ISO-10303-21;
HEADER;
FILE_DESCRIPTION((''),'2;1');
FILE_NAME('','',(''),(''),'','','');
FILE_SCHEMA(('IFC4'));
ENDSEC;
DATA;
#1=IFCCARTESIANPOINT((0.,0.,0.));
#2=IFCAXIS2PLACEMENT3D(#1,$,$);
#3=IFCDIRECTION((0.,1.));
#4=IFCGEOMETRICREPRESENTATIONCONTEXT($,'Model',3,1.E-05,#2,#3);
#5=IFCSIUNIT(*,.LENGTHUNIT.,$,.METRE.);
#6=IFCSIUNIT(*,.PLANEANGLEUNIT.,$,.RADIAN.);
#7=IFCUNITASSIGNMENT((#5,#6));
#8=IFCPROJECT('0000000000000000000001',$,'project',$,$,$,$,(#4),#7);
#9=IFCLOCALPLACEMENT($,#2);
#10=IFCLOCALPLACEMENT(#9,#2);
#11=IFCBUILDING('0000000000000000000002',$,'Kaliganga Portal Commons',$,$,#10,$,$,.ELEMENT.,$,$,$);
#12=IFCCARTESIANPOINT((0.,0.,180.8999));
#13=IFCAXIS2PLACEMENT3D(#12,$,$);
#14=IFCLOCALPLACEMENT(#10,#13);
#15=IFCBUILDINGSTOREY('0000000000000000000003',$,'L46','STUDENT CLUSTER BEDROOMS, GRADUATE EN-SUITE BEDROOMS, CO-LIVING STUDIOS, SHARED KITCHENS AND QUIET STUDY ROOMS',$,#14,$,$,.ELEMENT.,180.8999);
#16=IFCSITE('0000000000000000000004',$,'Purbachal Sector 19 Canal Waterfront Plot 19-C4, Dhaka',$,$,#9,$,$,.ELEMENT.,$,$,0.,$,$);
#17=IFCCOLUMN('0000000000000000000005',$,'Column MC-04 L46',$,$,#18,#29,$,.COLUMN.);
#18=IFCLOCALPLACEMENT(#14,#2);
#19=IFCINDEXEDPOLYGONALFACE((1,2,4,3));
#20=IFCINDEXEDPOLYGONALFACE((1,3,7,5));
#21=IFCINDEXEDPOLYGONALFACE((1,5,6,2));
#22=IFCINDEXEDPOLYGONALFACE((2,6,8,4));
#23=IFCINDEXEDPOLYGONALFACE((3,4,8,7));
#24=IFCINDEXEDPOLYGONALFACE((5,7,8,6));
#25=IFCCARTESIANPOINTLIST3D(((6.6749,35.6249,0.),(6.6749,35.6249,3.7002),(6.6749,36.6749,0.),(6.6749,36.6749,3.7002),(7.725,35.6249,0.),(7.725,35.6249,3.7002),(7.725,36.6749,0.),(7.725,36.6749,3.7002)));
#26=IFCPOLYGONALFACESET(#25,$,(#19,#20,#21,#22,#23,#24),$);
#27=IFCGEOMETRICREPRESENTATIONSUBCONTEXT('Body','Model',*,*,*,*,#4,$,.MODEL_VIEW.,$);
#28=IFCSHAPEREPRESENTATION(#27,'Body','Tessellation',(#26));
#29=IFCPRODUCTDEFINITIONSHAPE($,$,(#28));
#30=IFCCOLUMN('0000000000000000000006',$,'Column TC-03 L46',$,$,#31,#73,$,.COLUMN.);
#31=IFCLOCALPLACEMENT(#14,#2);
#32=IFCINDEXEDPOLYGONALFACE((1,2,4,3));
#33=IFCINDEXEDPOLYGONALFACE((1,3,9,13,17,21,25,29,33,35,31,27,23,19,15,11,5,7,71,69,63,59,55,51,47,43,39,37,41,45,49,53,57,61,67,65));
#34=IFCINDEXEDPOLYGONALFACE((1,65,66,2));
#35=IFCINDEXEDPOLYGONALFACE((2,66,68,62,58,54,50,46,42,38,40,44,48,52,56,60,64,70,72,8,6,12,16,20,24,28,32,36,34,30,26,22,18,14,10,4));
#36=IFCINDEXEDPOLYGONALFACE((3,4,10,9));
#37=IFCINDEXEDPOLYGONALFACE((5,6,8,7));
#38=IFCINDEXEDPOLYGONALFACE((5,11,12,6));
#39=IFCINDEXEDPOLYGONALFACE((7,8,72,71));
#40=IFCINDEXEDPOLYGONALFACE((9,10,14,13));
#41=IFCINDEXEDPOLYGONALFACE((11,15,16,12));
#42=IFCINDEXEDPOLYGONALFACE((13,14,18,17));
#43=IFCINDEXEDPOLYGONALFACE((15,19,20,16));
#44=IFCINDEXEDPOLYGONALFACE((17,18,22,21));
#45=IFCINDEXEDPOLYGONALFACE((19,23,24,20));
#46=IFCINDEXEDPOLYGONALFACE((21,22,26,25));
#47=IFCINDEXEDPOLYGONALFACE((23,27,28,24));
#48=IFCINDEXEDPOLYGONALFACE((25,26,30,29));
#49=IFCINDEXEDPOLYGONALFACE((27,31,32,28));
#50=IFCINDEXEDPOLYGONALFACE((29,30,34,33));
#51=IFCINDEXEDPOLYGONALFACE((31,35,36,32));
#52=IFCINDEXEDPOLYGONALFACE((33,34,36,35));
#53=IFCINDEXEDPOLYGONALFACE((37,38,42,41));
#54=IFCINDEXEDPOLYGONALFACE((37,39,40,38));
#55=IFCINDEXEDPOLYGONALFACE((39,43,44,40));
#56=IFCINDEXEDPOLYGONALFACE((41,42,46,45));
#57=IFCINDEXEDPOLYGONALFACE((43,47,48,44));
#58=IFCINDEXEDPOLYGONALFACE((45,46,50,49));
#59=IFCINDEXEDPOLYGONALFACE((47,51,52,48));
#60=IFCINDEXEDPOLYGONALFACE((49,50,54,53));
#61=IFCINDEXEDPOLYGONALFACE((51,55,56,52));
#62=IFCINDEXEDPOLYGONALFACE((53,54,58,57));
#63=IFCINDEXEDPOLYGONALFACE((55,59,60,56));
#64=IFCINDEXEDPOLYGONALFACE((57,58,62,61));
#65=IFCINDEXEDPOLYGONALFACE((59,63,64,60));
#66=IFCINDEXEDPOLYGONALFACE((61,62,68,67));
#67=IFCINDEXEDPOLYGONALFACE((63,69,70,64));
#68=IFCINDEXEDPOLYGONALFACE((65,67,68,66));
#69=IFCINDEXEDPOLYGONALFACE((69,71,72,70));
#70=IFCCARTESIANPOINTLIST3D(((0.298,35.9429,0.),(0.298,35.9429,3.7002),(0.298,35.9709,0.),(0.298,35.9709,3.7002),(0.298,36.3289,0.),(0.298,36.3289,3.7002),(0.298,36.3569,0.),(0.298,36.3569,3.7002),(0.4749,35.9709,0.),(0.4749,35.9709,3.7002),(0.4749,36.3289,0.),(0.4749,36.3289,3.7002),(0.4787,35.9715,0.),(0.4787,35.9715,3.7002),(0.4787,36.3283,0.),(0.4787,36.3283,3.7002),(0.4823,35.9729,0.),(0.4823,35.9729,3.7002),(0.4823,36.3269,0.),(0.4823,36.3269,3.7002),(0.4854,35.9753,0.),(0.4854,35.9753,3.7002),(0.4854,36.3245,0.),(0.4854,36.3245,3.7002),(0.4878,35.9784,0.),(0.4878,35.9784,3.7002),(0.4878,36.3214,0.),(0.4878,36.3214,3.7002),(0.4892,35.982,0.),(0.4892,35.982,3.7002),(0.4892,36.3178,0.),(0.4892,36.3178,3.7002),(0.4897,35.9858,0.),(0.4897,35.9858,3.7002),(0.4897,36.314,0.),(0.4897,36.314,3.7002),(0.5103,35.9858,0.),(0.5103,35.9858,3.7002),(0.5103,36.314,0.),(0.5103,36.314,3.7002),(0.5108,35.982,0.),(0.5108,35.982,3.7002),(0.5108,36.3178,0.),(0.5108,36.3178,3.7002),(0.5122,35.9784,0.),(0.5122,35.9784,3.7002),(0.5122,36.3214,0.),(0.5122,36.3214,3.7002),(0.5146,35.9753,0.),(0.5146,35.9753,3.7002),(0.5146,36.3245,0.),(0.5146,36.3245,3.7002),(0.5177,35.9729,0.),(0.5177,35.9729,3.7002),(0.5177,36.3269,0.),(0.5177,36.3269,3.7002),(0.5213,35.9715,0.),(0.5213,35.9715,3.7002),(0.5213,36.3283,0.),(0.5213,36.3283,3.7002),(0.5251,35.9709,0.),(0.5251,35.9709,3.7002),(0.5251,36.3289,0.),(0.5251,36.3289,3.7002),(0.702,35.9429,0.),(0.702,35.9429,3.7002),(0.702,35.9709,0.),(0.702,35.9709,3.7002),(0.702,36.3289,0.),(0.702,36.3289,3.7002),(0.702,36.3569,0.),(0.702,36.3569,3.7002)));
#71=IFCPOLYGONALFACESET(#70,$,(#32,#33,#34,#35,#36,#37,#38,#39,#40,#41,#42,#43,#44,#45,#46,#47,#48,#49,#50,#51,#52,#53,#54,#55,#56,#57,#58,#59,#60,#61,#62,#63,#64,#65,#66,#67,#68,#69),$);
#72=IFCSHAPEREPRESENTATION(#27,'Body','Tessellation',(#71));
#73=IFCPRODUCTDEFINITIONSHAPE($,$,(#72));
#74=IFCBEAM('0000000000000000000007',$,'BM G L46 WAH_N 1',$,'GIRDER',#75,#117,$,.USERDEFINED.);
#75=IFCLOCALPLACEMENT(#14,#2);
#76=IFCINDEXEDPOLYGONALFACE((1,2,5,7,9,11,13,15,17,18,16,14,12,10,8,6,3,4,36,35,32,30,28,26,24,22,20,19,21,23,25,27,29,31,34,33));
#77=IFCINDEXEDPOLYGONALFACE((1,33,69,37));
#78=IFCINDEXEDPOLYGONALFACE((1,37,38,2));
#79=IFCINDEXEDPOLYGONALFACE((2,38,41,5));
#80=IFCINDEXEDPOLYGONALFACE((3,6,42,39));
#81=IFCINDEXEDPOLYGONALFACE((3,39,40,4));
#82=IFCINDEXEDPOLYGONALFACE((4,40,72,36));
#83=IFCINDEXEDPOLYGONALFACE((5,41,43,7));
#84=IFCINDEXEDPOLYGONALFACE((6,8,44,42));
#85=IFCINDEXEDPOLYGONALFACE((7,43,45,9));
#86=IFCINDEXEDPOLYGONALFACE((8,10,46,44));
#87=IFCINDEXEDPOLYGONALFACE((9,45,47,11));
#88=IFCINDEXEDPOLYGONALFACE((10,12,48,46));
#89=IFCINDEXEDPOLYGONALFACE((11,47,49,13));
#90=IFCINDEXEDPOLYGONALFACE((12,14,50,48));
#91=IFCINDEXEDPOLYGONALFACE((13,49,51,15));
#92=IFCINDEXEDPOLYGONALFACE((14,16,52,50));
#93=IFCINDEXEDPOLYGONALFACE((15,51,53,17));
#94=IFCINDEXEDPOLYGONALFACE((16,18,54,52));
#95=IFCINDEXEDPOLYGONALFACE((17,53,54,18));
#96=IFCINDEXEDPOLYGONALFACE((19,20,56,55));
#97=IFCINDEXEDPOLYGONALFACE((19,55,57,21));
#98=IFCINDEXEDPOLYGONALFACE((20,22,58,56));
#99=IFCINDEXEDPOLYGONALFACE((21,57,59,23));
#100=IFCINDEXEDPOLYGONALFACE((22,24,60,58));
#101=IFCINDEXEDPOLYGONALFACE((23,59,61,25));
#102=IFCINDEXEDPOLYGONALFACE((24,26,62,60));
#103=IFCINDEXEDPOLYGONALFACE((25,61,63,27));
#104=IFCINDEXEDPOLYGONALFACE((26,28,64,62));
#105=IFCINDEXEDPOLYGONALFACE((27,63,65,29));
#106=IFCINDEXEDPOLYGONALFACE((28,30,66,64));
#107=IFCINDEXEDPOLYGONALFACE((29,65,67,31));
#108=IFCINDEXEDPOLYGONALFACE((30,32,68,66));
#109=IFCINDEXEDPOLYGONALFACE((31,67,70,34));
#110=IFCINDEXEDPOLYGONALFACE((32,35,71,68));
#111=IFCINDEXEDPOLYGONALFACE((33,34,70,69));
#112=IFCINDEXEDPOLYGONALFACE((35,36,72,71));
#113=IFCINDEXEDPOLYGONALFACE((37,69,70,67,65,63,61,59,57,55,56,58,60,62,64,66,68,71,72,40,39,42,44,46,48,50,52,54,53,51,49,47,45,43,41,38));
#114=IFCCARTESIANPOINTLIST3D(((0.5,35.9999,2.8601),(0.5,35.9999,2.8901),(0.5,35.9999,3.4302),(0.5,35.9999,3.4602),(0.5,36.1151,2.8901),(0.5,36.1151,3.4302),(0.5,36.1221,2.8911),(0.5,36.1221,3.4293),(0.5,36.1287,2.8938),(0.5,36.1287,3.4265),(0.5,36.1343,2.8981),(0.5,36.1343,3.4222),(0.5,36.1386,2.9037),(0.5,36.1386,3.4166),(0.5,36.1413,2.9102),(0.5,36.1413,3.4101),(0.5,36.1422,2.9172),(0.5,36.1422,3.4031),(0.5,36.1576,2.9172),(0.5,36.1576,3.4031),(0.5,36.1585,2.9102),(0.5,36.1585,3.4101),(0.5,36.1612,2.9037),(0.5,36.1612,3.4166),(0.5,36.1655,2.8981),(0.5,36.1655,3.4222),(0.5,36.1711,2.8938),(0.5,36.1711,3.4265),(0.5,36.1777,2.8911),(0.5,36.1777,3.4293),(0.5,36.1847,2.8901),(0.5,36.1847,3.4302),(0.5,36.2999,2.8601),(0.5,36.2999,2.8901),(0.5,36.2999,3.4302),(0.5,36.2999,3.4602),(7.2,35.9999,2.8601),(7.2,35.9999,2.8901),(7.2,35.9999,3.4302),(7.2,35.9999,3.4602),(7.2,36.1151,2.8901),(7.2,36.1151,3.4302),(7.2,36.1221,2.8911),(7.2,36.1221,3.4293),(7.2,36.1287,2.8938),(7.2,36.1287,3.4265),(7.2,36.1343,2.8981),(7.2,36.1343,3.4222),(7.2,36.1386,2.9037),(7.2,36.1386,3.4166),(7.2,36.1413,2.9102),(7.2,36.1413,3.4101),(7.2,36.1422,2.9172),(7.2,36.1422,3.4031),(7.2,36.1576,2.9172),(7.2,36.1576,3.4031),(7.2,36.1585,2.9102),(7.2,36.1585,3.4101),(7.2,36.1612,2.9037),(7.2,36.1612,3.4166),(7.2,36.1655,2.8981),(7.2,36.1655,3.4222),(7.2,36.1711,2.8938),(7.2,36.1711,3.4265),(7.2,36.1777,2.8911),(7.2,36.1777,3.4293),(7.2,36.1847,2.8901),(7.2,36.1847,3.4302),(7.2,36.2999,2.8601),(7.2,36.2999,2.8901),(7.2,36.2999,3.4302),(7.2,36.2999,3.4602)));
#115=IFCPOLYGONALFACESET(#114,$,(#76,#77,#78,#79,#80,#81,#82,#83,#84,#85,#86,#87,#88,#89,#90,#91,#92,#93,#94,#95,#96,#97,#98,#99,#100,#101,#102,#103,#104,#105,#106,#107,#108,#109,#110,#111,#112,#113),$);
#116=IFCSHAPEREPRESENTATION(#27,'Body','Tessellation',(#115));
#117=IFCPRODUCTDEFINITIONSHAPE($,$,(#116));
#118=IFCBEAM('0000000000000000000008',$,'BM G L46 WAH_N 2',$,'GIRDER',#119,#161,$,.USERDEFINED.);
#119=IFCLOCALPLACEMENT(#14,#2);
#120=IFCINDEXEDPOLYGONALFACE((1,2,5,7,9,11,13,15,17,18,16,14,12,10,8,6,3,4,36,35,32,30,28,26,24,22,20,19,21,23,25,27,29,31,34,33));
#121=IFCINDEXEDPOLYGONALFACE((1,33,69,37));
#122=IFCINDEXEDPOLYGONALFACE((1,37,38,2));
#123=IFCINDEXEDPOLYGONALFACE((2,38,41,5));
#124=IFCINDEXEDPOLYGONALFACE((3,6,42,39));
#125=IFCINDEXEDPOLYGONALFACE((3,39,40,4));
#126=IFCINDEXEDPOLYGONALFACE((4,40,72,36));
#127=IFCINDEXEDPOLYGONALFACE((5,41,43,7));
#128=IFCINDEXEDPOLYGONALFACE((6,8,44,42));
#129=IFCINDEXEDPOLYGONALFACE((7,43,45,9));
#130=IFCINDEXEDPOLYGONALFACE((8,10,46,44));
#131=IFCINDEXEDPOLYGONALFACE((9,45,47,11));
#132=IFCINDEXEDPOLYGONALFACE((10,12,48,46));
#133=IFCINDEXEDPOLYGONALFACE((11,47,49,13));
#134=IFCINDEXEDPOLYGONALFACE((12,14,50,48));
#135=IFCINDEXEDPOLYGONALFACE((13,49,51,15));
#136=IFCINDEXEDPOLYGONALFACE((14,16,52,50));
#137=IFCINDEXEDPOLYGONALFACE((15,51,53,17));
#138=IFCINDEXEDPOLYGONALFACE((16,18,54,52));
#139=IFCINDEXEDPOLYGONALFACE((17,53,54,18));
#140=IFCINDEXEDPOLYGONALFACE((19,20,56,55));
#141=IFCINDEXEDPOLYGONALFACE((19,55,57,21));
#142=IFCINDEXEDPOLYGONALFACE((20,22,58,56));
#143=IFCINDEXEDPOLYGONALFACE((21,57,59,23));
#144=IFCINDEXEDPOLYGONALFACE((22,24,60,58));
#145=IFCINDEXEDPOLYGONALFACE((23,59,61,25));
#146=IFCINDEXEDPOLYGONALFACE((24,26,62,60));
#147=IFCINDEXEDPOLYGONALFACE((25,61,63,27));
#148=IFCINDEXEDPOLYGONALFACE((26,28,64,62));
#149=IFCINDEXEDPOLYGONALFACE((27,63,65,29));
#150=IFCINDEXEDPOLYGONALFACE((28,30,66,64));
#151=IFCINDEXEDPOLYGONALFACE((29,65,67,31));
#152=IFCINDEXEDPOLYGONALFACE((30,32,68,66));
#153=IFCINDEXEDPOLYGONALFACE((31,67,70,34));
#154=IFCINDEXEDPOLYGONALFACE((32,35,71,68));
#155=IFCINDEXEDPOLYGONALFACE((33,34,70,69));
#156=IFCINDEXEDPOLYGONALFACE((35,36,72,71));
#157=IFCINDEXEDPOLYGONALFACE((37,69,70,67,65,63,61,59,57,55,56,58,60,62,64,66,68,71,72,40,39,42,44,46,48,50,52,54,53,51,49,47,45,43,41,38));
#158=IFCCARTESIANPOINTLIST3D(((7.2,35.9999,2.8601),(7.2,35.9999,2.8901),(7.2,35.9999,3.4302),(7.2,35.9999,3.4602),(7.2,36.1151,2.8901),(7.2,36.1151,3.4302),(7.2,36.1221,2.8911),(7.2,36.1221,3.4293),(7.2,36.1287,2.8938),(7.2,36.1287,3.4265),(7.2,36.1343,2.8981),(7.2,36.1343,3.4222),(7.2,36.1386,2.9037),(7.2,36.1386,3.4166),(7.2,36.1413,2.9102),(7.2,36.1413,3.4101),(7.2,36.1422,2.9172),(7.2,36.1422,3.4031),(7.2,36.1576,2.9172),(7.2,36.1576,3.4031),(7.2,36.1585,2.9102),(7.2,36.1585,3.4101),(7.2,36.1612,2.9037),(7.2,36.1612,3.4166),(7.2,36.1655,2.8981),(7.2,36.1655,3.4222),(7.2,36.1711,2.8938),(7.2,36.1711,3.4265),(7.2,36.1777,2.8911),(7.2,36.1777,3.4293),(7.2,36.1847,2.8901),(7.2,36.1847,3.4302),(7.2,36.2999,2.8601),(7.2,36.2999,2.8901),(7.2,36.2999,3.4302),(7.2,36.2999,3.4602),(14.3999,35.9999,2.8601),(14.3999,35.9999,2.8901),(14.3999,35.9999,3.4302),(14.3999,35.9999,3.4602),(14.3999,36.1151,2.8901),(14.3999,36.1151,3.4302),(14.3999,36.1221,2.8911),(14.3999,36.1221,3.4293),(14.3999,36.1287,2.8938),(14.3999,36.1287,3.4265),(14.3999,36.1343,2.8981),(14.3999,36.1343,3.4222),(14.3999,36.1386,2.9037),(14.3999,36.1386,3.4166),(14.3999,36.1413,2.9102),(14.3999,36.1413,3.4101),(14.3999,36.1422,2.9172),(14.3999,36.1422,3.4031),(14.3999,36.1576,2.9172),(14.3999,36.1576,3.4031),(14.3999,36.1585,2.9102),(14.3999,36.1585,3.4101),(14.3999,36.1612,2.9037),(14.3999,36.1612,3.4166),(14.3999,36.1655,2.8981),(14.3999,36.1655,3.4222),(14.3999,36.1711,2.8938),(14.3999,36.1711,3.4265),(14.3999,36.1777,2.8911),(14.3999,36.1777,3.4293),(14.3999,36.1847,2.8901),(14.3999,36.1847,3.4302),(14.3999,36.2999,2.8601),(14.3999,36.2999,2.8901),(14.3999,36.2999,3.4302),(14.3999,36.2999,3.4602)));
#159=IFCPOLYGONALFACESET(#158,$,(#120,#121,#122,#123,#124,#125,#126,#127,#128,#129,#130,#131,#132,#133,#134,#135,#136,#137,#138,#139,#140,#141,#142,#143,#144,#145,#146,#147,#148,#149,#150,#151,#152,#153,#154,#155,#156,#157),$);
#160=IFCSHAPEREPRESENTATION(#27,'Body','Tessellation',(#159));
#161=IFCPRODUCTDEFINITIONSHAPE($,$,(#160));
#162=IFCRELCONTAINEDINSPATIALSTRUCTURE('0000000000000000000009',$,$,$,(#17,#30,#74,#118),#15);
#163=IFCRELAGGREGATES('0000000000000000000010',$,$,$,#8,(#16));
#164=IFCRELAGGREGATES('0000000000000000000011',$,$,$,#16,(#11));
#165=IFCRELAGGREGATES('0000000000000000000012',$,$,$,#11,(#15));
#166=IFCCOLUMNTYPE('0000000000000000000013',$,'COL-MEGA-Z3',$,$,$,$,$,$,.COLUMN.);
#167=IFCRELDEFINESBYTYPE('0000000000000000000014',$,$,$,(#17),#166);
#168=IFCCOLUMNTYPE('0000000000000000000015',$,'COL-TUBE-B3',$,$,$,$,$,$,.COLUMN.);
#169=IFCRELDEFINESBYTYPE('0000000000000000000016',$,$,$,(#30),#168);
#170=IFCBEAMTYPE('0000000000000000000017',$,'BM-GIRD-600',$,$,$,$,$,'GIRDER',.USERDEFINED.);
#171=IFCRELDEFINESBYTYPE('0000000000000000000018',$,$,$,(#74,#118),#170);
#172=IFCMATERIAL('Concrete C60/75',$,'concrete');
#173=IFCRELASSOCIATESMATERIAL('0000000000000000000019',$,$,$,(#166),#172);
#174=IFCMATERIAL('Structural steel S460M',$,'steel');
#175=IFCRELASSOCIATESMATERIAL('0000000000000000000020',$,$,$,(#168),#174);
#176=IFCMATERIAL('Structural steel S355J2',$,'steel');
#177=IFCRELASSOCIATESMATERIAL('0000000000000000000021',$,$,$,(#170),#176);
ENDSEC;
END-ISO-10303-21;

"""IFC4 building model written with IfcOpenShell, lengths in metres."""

from ifc_helpers import new_model, si_unit, direction, frame, origin, origin_2d, place, context, subcontext, project, spatial, rectangle, i_section, extrude, source, transform, mapped, material, material_profile, profile_set, type_object, element, save


model = new_model("IFC4")

# Units and contexts
model_context = context("Model", 3, precision=1e-05, world=origin(), true_north=direction((0.0, 1.0)))
body_context = subcontext(model_context, "Body", "Model", "MODEL_VIEW")
ifc_project = project(units=[si_unit("LENGTHUNIT", "METRE"), si_unit("PLANEANGLEUNIT", "RADIAN")], contexts=[model_context])

# Site, building, storey
site_placement = place(None, origin())
site = spatial("IfcSite", under=ifc_project, at=site_placement, Name="Purbachal Sector 19 Canal Waterfront Plot 19-C4, Dhaka", CompositionType="ELEMENT", RefElevation=0.0)
building_placement = place(site_placement, origin())
building = spatial("IfcBuilding", under=site, at=building_placement, Name="Kaliganga Portal Commons", CompositionType="ELEMENT")
storey_placement = place(building_placement, frame((0.0, 0.0, 180.8999)))
storey = spatial("IfcBuildingStorey", under=building, at=storey_placement, Name="L46", Description="STUDENT CLUSTER BEDROOMS, GRADUATE EN-SUITE BEDROOMS, CO-LIVING STUDIOS, SHARED KITCHENS AND QUIET STUDY ROOMS", CompositionType="ELEMENT", Elevation=180.8999)

# Columns
ifc_material_1 = material(Name="Concrete C60/75", Category="concrete")
ifc_material_profile_1 = material_profile(ifc_material_1, rectangle(XDim=1.05, YDim=1.05, at=origin_2d()), Name="RC 1050x1050")
ifc_profile_set_1 = profile_set([ifc_material_profile_1], Name="Concrete C60/75")
column_type_1 = type_object("IfcColumnType", Name="COL-MEGA-Z3", PredefinedType="COLUMN", material=ifc_profile_set_1)
shared_shape_1 = source(origin(), body_context, "Body", "SweptSolid", [
    extrude(rectangle(XDim=1.05, YDim=1.05, at=origin_2d()), origin(), (0.0, 0.0, 1.0), 3.7002),
])
column_1_placement = place(storey_placement, frame((7.2, 36.1499, 0.0), z_axis=(0.0, 0.0, 1.0), x_axis=(1.0, 0.0, 0.0)))
element("IfcColumn", 1, at=column_1_placement, inside=storey, type_object=column_type_1, Name="Column MC-04 L46", PredefinedType="COLUMN", context=body_context, shape_type="MappedRepresentation", body=[
    mapped(shared_shape_1, transform((0.0, 0.0, 0.0), x_axis=(1.0, 0.0, 0.0), y_axis=(0.0, 1.0, 0.0), z_axis=(0.0, 0.0, 1.0), scale=1.0)),
])
ifc_material_2 = material(Name="Structural steel S460M", Category="steel")
ifc_material_profile_2 = material_profile(ifc_material_2, i_section(OverallWidth=0.4041, OverallDepth=0.4141, WebThickness=0.0205, FlangeThickness=0.0281, FilletRadius=0.0149, at=origin_2d()), Name="HD 400x347")
ifc_profile_set_2 = profile_set([ifc_material_profile_2], Name="Structural steel S460M wide-flange")
column_type_2 = type_object("IfcColumnType", Name="COL-TUBE-B3", PredefinedType="COLUMN", material=ifc_profile_set_2)
shared_shape_2 = source(origin(), body_context, "Body", "SweptSolid", [
    extrude(i_section(OverallWidth=0.4041, OverallDepth=0.4141, WebThickness=0.0205, FlangeThickness=0.0281, FilletRadius=0.0149, at=origin_2d()), origin(), (0.0, 0.0, 1.0), 3.7002),
])
column_2_placement = place(storey_placement, frame((0.5, 36.1499, 0.0), z_axis=(0.0, 0.0, 1.0), x_axis=(1.0, 0.0, 0.0)))
element("IfcColumn", 2, at=column_2_placement, inside=storey, type_object=column_type_2, Name="Column TC-03 L46", PredefinedType="COLUMN", context=body_context, shape_type="MappedRepresentation", body=[
    mapped(shared_shape_2, transform((0.0, 0.0, 0.0), x_axis=(1.0, 0.0, 0.0), y_axis=(0.0, 1.0, 0.0), z_axis=(0.0, 0.0, 1.0), scale=1.0)),
])

# Beams
ifc_material_3 = material(Name="Structural steel S355J2", Category="steel")
ifc_material_profile_3 = material_profile(ifc_material_3, i_section(OverallWidth=0.3, OverallDepth=0.6001, WebThickness=0.0154, FlangeThickness=0.03, FilletRadius=0.0271, at=origin_2d()), Name="HE 600 B")
ifc_profile_set_3 = profile_set([ifc_material_profile_3], Name="Structural steel S355J2 wide-flange")
beam_type = type_object("IfcBeamType", Name="BM-GIRD-600", ElementType="GIRDER", PredefinedType="USERDEFINED", material=ifc_profile_set_3)
shared_shape_3 = source(origin(), body_context, "Body", "SweptSolid", [
    extrude(i_section(OverallWidth=0.3, OverallDepth=0.6001, WebThickness=0.0154, FlangeThickness=0.03, FilletRadius=0.0271, at=origin_2d()), origin(), (0.0, 0.0, 1.0), 6.7),
])
beam_1_placement = place(storey_placement, frame((0.5, 36.1499, 3.1602), z_axis=(1.0, 0.0, 0.0), x_axis=(0.0, 1.0, 0.0)))
element("IfcBeam", 3, at=beam_1_placement, inside=storey, type_object=beam_type, Name="BM G L46 WAH_N 1", ObjectType="GIRDER", PredefinedType="USERDEFINED", context=body_context, shape_type="MappedRepresentation", body=[
    mapped(shared_shape_3, transform((0.0, 0.0, 0.0), x_axis=(1.0, 0.0, 0.0), y_axis=(0.0, 1.0, 0.0), z_axis=(0.0, 0.0, 1.0), scale=1.0)),
])
shared_shape_4 = source(origin(), body_context, "Body", "SweptSolid", [
    extrude(i_section(OverallWidth=0.3, OverallDepth=0.6001, WebThickness=0.0154, FlangeThickness=0.03, FilletRadius=0.0271, at=origin_2d()), origin(), (0.0, 0.0, 1.0), 7.2),
])
beam_2_placement = place(storey_placement, frame((7.2, 36.1499, 3.1602), z_axis=(1.0, 0.0, 0.0), x_axis=(0.0, 1.0, 0.0)))
element("IfcBeam", 4, at=beam_2_placement, inside=storey, type_object=beam_type, Name="BM G L46 WAH_N 2", ObjectType="GIRDER", PredefinedType="USERDEFINED", context=body_context, shape_type="MappedRepresentation", body=[
    mapped(shared_shape_4, transform((0.0, 0.0, 0.0), x_axis=(1.0, 0.0, 0.0), y_axis=(0.0, 1.0, 0.0), z_axis=(0.0, 0.0, 1.0), scale=1.0)),
])

save(model, "model.ifc")
